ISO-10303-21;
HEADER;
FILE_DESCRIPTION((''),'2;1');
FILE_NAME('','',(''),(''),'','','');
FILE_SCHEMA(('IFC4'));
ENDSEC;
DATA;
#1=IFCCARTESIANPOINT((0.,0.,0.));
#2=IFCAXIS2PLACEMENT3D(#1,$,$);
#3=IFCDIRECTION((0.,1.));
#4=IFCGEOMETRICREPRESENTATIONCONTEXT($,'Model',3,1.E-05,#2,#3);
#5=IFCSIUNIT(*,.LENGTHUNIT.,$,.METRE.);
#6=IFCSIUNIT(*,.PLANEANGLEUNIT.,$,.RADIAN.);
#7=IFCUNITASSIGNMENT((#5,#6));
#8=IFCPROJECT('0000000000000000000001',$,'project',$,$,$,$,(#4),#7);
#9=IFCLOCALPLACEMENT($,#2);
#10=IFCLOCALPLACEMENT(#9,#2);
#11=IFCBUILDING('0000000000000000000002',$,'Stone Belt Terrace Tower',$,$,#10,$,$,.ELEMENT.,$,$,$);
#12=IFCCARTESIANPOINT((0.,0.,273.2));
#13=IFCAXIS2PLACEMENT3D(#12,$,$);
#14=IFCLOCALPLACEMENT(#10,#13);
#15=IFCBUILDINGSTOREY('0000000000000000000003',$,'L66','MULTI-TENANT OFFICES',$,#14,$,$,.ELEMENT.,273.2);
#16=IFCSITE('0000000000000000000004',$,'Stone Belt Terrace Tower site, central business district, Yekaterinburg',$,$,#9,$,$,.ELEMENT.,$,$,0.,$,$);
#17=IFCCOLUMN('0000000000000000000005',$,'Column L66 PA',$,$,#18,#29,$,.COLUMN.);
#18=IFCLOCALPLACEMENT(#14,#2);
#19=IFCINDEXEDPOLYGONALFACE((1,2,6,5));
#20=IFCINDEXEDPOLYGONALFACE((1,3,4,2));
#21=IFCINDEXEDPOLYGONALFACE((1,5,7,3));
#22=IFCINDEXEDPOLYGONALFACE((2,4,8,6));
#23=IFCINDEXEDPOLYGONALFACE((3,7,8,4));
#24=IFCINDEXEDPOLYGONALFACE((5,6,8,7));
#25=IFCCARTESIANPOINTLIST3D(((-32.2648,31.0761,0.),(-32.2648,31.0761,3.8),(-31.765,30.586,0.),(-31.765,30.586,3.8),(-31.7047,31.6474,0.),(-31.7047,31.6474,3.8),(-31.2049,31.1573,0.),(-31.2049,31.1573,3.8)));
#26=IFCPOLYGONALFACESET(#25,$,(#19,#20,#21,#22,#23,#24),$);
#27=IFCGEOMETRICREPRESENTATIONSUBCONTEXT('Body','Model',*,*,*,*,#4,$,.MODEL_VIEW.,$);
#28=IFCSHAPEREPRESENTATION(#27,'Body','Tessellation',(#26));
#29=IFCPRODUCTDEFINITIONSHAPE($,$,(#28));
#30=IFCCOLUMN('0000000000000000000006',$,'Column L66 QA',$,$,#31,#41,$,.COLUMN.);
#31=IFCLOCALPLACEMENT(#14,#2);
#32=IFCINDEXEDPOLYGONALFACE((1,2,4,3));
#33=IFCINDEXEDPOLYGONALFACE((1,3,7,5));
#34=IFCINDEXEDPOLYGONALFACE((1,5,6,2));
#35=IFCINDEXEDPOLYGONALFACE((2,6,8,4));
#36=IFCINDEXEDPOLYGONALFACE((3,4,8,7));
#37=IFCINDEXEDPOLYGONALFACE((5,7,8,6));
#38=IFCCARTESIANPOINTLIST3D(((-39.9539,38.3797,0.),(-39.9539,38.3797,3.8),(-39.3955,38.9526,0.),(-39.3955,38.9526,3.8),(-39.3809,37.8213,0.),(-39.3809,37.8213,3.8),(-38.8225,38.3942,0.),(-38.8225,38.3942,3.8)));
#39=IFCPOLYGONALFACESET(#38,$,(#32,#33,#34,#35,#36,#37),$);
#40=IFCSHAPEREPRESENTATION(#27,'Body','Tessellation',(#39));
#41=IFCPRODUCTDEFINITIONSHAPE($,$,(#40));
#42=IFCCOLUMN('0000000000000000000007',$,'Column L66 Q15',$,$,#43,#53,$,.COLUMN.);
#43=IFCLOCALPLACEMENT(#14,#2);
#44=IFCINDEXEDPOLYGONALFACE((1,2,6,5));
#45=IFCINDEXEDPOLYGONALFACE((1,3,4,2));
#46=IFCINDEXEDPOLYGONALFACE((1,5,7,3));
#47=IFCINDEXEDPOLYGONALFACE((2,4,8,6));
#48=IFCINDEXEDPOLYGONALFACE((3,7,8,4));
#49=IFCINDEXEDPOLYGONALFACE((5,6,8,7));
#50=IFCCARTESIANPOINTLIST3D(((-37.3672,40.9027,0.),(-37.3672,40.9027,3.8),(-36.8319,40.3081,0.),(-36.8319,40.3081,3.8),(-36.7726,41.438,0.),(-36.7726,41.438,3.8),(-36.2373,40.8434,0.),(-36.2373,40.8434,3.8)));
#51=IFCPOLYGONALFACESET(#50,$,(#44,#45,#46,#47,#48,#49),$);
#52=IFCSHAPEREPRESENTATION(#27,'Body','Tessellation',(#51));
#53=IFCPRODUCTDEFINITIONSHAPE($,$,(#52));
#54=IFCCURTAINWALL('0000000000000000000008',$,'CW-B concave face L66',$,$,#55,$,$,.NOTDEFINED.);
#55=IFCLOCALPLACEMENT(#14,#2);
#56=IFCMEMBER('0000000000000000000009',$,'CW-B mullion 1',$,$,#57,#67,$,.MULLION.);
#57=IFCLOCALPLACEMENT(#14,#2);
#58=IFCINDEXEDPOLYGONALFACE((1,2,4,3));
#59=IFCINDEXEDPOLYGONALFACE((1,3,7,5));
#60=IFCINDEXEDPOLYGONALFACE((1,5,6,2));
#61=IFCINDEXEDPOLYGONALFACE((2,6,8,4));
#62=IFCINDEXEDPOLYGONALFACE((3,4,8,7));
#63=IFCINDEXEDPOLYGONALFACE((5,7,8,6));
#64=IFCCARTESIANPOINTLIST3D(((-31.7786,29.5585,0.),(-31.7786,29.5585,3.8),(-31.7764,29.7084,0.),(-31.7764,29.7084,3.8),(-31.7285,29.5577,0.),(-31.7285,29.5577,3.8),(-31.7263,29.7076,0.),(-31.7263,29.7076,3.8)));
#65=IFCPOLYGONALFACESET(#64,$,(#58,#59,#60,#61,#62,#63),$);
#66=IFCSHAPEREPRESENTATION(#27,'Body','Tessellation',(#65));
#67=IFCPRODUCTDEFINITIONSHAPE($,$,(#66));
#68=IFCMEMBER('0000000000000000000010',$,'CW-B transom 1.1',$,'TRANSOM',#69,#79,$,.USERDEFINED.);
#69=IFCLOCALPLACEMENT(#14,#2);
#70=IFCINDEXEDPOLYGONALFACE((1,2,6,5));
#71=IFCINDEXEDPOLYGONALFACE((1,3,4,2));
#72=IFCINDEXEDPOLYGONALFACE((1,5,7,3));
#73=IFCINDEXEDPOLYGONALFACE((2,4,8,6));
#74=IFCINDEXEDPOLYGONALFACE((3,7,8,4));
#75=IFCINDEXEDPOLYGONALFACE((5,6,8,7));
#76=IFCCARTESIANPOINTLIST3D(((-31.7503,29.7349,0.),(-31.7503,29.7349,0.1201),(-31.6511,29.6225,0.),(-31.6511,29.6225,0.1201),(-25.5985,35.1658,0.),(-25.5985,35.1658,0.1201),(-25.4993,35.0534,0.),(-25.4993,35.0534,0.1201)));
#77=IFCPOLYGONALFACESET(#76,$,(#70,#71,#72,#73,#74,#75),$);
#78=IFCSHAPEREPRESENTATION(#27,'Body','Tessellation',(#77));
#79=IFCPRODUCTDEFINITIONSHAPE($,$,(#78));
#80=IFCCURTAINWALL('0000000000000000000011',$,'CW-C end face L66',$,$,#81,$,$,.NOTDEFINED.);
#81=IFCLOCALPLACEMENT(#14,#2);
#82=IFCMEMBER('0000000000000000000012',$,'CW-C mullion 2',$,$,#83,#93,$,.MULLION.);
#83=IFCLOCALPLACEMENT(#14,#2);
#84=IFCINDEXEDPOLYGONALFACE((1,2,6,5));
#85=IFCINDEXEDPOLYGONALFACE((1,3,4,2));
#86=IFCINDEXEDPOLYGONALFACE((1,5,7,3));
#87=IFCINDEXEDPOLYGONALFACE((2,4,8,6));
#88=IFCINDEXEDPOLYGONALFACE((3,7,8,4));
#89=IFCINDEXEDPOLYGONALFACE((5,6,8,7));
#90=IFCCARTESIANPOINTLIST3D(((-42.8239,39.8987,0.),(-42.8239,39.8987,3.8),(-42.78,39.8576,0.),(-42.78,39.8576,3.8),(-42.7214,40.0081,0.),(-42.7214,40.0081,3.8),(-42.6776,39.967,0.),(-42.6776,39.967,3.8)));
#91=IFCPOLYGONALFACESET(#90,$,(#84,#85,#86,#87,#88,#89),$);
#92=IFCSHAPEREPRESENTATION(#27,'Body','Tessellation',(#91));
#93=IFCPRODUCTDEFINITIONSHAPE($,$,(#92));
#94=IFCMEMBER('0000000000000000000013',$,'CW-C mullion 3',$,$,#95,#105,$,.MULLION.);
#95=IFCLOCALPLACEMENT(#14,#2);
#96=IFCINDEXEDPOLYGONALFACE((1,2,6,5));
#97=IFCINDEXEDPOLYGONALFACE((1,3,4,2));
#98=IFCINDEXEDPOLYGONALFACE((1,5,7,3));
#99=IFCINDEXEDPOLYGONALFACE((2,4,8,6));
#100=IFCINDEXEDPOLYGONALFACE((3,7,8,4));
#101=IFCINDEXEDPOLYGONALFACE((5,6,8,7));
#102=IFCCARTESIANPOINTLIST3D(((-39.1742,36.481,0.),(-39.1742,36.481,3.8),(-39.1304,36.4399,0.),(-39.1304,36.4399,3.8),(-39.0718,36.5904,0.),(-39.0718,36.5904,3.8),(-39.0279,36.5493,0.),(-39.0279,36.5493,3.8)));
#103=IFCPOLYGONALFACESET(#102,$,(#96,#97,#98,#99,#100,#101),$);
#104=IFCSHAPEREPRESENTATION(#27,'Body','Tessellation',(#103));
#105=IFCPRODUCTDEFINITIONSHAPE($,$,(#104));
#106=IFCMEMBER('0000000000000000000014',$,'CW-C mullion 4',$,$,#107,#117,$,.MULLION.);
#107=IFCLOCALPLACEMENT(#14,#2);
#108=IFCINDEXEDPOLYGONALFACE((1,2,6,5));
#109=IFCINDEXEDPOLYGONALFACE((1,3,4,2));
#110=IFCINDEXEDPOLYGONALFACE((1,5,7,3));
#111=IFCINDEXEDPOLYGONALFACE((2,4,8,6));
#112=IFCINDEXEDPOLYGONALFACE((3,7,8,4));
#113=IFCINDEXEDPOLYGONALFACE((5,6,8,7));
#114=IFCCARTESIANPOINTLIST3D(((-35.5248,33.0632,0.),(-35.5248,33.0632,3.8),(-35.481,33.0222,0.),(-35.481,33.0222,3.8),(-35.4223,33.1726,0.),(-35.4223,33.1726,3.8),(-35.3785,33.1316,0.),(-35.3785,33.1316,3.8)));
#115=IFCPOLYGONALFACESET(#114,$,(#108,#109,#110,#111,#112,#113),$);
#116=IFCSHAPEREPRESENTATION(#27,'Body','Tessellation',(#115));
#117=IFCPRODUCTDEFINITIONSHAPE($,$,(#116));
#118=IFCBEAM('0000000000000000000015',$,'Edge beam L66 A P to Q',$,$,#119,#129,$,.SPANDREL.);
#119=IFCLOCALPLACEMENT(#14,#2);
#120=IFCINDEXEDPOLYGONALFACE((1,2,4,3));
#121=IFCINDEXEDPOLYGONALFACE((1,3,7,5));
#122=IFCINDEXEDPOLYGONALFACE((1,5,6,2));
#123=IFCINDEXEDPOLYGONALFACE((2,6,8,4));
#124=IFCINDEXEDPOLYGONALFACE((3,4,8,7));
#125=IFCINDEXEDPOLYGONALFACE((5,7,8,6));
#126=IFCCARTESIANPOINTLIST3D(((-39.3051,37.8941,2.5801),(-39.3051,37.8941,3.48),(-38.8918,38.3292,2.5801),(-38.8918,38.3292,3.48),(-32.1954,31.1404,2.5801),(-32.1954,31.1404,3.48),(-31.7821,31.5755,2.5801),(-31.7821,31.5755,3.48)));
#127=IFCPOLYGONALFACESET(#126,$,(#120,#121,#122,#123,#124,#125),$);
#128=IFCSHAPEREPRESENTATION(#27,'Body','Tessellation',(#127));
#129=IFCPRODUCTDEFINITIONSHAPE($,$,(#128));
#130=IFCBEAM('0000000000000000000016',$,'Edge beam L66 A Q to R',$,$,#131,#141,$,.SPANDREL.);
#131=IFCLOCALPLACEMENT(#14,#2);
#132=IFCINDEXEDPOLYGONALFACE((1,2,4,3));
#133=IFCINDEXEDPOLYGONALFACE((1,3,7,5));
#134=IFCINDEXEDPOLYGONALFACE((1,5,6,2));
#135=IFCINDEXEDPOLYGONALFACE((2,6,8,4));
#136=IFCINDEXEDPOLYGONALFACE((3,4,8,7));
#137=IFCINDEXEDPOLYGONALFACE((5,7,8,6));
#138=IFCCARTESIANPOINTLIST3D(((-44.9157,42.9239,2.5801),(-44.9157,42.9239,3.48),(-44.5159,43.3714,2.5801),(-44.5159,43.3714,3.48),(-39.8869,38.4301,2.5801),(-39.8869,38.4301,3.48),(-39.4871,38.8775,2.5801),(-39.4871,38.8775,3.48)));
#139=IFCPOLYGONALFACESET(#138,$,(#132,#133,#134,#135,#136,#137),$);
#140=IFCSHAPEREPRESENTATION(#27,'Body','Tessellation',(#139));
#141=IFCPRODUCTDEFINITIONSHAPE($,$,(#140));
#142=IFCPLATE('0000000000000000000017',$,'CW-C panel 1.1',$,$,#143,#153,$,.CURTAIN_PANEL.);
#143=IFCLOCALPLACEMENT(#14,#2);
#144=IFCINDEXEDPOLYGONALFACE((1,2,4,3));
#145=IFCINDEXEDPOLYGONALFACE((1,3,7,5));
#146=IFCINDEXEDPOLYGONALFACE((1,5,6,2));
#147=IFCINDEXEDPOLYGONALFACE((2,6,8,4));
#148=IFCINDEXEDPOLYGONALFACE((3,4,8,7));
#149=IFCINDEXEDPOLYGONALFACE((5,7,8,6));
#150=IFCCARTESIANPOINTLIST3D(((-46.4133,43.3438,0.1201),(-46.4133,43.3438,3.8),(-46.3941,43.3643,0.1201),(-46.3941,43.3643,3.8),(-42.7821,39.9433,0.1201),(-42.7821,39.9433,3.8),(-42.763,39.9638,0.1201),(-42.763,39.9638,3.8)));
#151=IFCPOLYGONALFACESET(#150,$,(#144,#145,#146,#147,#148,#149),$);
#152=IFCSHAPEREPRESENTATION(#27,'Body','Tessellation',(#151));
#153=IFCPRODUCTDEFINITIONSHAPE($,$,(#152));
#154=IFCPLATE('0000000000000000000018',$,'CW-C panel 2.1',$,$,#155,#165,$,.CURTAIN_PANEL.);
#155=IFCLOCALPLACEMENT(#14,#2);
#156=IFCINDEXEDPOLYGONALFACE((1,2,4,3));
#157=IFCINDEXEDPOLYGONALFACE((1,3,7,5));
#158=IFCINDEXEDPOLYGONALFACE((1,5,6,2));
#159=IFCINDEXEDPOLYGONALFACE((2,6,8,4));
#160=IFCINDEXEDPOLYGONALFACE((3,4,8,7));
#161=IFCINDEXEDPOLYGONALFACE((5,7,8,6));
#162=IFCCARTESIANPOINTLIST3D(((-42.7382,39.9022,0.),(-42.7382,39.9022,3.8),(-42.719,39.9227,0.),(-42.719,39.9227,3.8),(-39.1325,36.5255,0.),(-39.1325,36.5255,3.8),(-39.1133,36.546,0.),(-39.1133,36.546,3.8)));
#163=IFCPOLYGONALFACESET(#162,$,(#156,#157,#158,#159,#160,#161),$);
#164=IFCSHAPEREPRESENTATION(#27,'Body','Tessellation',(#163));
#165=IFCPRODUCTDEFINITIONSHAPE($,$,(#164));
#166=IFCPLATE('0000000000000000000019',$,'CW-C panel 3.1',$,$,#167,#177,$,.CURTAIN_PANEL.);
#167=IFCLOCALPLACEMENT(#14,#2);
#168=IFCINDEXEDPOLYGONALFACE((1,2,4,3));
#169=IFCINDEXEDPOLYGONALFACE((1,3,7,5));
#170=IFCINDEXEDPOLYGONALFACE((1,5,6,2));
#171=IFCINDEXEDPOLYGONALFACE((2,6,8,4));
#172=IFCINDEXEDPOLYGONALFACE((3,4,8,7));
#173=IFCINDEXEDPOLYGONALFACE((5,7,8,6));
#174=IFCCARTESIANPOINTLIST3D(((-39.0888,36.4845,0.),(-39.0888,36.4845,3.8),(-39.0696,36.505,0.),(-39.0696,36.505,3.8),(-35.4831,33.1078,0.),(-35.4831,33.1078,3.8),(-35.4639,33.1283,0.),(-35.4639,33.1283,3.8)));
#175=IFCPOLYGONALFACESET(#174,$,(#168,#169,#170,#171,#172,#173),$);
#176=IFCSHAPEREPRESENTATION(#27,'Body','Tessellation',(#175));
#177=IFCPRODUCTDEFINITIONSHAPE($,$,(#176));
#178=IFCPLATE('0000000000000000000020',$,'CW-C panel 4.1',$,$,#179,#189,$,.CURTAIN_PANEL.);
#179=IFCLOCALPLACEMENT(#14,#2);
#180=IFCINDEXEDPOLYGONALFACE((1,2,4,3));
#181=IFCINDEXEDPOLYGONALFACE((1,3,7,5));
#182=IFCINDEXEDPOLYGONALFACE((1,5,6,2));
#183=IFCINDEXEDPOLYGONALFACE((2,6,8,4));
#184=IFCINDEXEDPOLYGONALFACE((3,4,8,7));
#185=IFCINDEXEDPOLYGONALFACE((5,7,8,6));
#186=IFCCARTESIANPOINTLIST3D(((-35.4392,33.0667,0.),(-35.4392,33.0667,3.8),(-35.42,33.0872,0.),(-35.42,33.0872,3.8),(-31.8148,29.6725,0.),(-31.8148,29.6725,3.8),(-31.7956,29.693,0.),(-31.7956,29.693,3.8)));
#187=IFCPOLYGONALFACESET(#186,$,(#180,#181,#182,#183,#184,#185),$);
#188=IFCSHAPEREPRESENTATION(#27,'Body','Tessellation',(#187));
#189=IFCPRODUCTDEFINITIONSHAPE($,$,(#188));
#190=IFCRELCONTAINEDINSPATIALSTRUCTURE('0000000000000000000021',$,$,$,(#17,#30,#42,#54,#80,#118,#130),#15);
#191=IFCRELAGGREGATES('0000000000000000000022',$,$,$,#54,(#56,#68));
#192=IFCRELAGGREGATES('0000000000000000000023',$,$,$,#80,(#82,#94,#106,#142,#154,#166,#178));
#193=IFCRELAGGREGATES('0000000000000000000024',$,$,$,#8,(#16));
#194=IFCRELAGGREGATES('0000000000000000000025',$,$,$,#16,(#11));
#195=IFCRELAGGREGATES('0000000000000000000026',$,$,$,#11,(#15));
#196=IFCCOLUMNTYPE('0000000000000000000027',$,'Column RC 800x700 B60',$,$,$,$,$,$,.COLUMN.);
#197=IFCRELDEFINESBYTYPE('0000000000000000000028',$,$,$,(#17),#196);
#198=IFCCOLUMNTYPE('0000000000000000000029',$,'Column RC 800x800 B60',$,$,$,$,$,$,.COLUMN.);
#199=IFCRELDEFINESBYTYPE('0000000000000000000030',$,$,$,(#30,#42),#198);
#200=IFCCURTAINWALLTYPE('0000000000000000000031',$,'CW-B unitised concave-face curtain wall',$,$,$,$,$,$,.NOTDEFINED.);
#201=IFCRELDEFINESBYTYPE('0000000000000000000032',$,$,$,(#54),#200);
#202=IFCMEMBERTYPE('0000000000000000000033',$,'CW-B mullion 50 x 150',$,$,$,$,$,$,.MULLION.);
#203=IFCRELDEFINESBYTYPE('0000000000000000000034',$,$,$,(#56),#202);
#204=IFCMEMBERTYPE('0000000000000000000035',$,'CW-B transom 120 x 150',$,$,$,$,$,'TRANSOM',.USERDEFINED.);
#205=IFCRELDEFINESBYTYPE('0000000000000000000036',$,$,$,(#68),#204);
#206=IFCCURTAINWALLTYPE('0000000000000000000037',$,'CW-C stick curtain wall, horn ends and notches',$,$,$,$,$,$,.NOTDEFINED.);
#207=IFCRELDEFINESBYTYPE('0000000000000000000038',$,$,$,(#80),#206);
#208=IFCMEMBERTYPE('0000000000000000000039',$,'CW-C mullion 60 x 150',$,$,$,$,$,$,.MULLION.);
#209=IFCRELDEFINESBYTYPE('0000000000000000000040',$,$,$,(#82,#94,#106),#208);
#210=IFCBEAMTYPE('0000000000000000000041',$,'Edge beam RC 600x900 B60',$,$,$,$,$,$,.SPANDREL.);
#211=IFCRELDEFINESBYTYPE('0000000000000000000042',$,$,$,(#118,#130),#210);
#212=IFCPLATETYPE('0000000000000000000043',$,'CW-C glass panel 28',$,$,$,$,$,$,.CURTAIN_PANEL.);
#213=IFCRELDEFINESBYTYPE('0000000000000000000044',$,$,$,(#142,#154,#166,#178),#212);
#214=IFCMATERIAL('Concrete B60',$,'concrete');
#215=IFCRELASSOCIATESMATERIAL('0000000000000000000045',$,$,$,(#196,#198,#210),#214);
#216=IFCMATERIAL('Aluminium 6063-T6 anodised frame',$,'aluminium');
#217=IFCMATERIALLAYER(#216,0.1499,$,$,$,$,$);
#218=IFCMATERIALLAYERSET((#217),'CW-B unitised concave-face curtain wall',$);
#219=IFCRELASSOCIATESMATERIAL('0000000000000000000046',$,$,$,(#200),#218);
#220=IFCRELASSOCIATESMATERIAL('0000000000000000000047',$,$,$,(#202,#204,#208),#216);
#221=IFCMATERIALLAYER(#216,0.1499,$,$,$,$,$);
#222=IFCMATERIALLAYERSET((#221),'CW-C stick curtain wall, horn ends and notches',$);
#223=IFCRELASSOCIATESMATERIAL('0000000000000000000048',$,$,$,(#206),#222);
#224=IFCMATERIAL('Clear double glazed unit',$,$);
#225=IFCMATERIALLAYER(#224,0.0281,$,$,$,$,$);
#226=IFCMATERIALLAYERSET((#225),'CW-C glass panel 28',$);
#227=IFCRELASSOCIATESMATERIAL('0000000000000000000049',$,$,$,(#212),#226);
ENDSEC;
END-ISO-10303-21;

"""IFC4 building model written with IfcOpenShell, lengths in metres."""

from ifc_helpers import new_model, si_unit, direction, frame, origin, origin_2d, place, context, subcontext, project, spatial, rectangle, extrude, material, layer, layer_set, material_profile, profile_set, type_object, element, aggregate, save


model = new_model("IFC4")

# Units and contexts
model_context = context("Model", 3, precision=1e-05, world=origin(), true_north=direction((0.0, 1.0)))
body_context = subcontext(model_context, "Body", "Model", "MODEL_VIEW")
ifc_project = project(units=[si_unit("LENGTHUNIT", "METRE"), si_unit("PLANEANGLEUNIT", "RADIAN")], contexts=[model_context])

# Site, building, storey
site_placement = place(None, origin())
site = spatial("IfcSite", under=ifc_project, at=site_placement, Name="Stone Belt Terrace Tower site, central business district, Yekaterinburg", CompositionType="ELEMENT", RefElevation=0.0)
building_placement = place(site_placement, origin())
building = spatial("IfcBuilding", under=site, at=building_placement, Name="Stone Belt Terrace Tower", CompositionType="ELEMENT")
storey_placement = place(building_placement, frame((0.0, 0.0, 273.2)))
storey = spatial("IfcBuildingStorey", under=building, at=storey_placement, Name="L66", Description="MULTI-TENANT OFFICES", CompositionType="ELEMENT", Elevation=273.2)

# Columns
ifc_material_1 = material(Name="Concrete B60", Category="concrete")
ifc_material_profile_1 = material_profile(ifc_material_1, rectangle(XDim=0.8, YDim=0.7, at=origin_2d()), Name="RC 800x700")
ifc_profile_set_1 = profile_set([ifc_material_profile_1], Name="Concrete B60")
column_type_1 = type_object("IfcColumnType", Name="Column RC 800x700 B60", PredefinedType="COLUMN", material=ifc_profile_set_1)
column_placement = place(storey_placement, frame((-31.7349, 31.1167, 0.0), z_axis=(0.0, 0.0, 1.0), x_axis=(0.70012, 0.714026, 0.0)))
element("IfcColumn", 1, at=column_placement, inside=storey, type_object=column_type_1, Name="Column L66 PA", PredefinedType="COLUMN", context=body_context, shape_type="SweptSolid", body=[
    extrude(rectangle(XDim=0.8, YDim=0.7, at=origin_2d()), origin(), (0.0, 0.0, 1.0), 3.8),
])
ifc_material_profile_2 = material_profile(ifc_material_1, rectangle(XDim=0.8, YDim=0.8, at=origin_2d()), Name="RC 800x800")
ifc_profile_set_2 = profile_set([ifc_material_profile_2], Name="Concrete B60")
column_type_2 = type_object("IfcColumnType", Name="Column RC 800x800 B60", PredefinedType="COLUMN", material=ifc_profile_set_2)
for number, where, z_axis, x_axis, name in (
    (2, (-39.3882, 38.387, 0.0), (0.0, 0.0, 1.0), (0.697944, 0.716152, 0.0), "Column L66 QA"),
    (3, (-36.8022, 40.873, 0.0), (0.0, 0.0, 1.0), (0.743145, 0.669131, 0.0), "Column L66 Q15"),
):
    element("IfcColumn", number, at=place(storey_placement, frame(where, z_axis=z_axis, x_axis=x_axis)), inside=storey, type_object=column_type_2, Name=name, PredefinedType="COLUMN", context=body_context, shape_type="SweptSolid", body=[
        extrude(rectangle(XDim=0.8, YDim=0.8, at=origin_2d()), origin(), (0.0, 0.0, 1.0), 3.8),
    ])

# Curtain walls, members
ifc_material_2 = material(Name="Aluminium 6063-T6 anodised frame", Category="aluminium")
ifc_layer_1 = layer(ifc_material_2, 0.1499)
ifc_layer_set_1 = layer_set([ifc_layer_1], Name="CW-B unitised concave-face curtain wall")
curtain_wall_type_1 = type_object("IfcCurtainWallType", Name="CW-B unitised concave-face curtain wall", PredefinedType="NOTDEFINED", material=ifc_layer_set_1)
curtain_wall_1_placement = place(storey_placement, origin())
curtain_wall_1 = element("IfcCurtainWall", 4, at=curtain_wall_1_placement, inside=storey, type_object=curtain_wall_type_1, Name="CW-B concave face L66", PredefinedType="NOTDEFINED")
ifc_material_profile_3 = material_profile(ifc_material_2, rectangle(XDim=0.1499, YDim=0.05, at=origin_2d()), Name="Aluminium 6063-T6 50x150")
ifc_profile_set_3 = profile_set([ifc_material_profile_3], Name="Aluminium 6063-T6 anodised frame")
member_type_1 = type_object("IfcMemberType", Name="CW-B mullion 50 x 150", PredefinedType="MULLION", material=ifc_profile_set_3)
member_1_placement = place(storey_placement, frame((-31.7524, 29.6331, 0.0), z_axis=(0.0, 0.0, 1.0), x_axis=(0.014682, 0.999892, 0.0)))
member_1 = element("IfcMember", 5, at=member_1_placement, type_object=member_type_1, Name="CW-B mullion 1", PredefinedType="MULLION", context=body_context, shape_type="SweptSolid", body=[
    extrude(rectangle(XDim=0.1499, YDim=0.05, at=origin_2d()), origin(), (0.0, 0.0, 1.0), 3.8),
])
ifc_material_profile_4 = material_profile(ifc_material_2, rectangle(XDim=0.1499, YDim=0.1201, at=origin_2d()), Name="Aluminium 6063-T6 150x120")
ifc_profile_set_4 = profile_set([ifc_material_profile_4], Name="Aluminium 6063-T6 anodised frame")
member_type_2 = type_object("IfcMemberType", Name="CW-B transom 120 x 150", ElementType="TRANSOM", PredefinedType="USERDEFINED", material=ifc_profile_set_4)
member_2_placement = place(storey_placement, frame((-31.7007, 29.6787, 0.0601), z_axis=(0.749669, 0.661813, 0.0), x_axis=(-0.661813, 0.749669, 0.0)))
member_2 = element("IfcMember", 6, at=member_2_placement, type_object=member_type_2, Name="CW-B transom 1.1", ObjectType="TRANSOM", PredefinedType="USERDEFINED", context=body_context, shape_type="SweptSolid", body=[
    extrude(rectangle(XDim=0.1499, YDim=0.1201, at=origin_2d()), origin(), (0.0, 0.0, 1.0), 8.2061),
])
aggregate(curtain_wall_1, [member_1, member_2])
ifc_layer_2 = layer(ifc_material_2, 0.1499)
ifc_layer_set_2 = layer_set([ifc_layer_2], Name="CW-C stick curtain wall, horn ends and notches")
curtain_wall_type_2 = type_object("IfcCurtainWallType", Name="CW-C stick curtain wall, horn ends and notches", PredefinedType="NOTDEFINED", material=ifc_layer_set_2)
curtain_wall_2_placement = place(storey_placement, origin())
curtain_wall_2 = element("IfcCurtainWall", 7, at=curtain_wall_2_placement, inside=storey, type_object=curtain_wall_type_2, Name="CW-C end face L66", PredefinedType="NOTDEFINED")
ifc_material_profile_5 = material_profile(ifc_material_2, rectangle(XDim=0.1499, YDim=0.0601, at=origin_2d()), Name="Aluminium 6063-T6 60x150")
ifc_profile_set_5 = profile_set([ifc_material_profile_5], Name="Aluminium 6063-T6 anodised frame")
member_type_3 = type_object("IfcMemberType", Name="CW-C mullion 60 x 150", PredefinedType="MULLION", material=ifc_profile_set_5)
member_3_placement = place(storey_placement, frame((-42.7507, 39.9329, 0.0), z_axis=(0.0, 0.0, 1.0), x_axis=(0.683549, 0.729904, 0.0)))
member_3 = element("IfcMember", 8, at=member_3_placement, type_object=member_type_3, Name="CW-C mullion 2", PredefinedType="MULLION", context=body_context, shape_type="SweptSolid", body=[
    extrude(rectangle(XDim=0.1499, YDim=0.0601, at=origin_2d()), origin(), (0.0, 0.0, 1.0), 3.8),
])
member_4_placement = place(storey_placement, frame((-39.1011, 36.5151, 0.0), z_axis=(0.0, 0.0, 1.0), x_axis=(0.683549, 0.729904, 0.0)))
member_4 = element("IfcMember", 9, at=member_4_placement, type_object=member_type_3, Name="CW-C mullion 3", PredefinedType="MULLION", context=body_context, shape_type="SweptSolid", body=[
    extrude(rectangle(XDim=0.1499, YDim=0.0601, at=origin_2d()), origin(), (0.0, 0.0, 1.0), 3.8),
])
member_5_placement = place(storey_placement, frame((-35.4517, 33.0974, 0.0), z_axis=(0.0, 0.0, 1.0), x_axis=(0.683549, 0.729904, 0.0)))
member_5 = element("IfcMember", 10, at=member_5_placement, type_object=member_type_3, Name="CW-C mullion 4", PredefinedType="MULLION", context=body_context, shape_type="SweptSolid", body=[
    extrude(rectangle(XDim=0.1499, YDim=0.0601, at=origin_2d()), origin(), (0.0, 0.0, 1.0), 3.8),
])

# Beams
ifc_material_profile_6 = material_profile(ifc_material_1, rectangle(XDim=0.6001, YDim=0.8999, at=origin_2d()), Name="RC 600x900")
ifc_profile_set_6 = profile_set([ifc_material_profile_6], Name="Concrete B60")
beam_type = type_object("IfcBeamType", Name="Edge beam RC 600x900 B60", PredefinedType="SPANDREL", material=ifc_profile_set_6)
beam_1_placement = place(storey_placement, frame((-31.9888, 31.3579, 3.03), z_axis=(-0.725024, 0.688724, 0.0), x_axis=(-0.688724, -0.725024, 0.0)))
element("IfcBeam", 11, at=beam_1_placement, inside=storey, type_object=beam_type, Name="Edge beam L66 A P to Q", PredefinedType="SPANDREL", context=body_context, shape_type="SweptSolid", body=[
    extrude(rectangle(XDim=0.6001, YDim=0.8999, at=origin_2d()), origin(), (0.0, 0.0, 1.0), 9.8062),
])
beam_2_placement = place(storey_placement, frame((-39.687, 38.6538, 3.03), z_axis=(-0.745651, 0.666337, 0.0), x_axis=(-0.666337, -0.745651, 0.0)))
element("IfcBeam", 12, at=beam_2_placement, inside=storey, type_object=beam_type, Name="Edge beam L66 A Q to R", PredefinedType="SPANDREL", context=body_context, shape_type="SweptSolid", body=[
    extrude(rectangle(XDim=0.6001, YDim=0.8999, at=origin_2d()), origin(), (0.0, 0.0, 1.0), 6.7441),
])

# Plates
ifc_material_3 = material(Name="Clear double glazed unit")
ifc_layer_3 = layer(ifc_material_3, 0.0281)
ifc_layer_set_3 = layer_set([ifc_layer_3], Name="CW-C glass panel 28")
plate_type = type_object("IfcPlateType", Name="CW-C glass panel 28", PredefinedType="CURTAIN_PANEL", material=ifc_layer_set_3)
plate_1_placement = place(storey_placement, frame((-44.5881, 41.6538, 0.1201), z_axis=(0.0, 0.0, 1.0), x_axis=(0.729904, -0.683549, 0.0)))
plate_1 = element("IfcPlate", 13, at=plate_1_placement, type_object=plate_type, Name="CW-C panel 1.1", PredefinedType="CURTAIN_PANEL", context=body_context, shape_type="SweptSolid", body=[
    extrude(rectangle(XDim=4.9749, YDim=0.0281, at=origin_2d()), origin(), (0.0, 0.0, 1.0), 3.6799),
])
plate_2_placement = place(storey_placement, frame((-40.9258, 38.2241, 0.0), z_axis=(0.0, 0.0, 1.0), x_axis=(0.729904, -0.683549, 0.0)))
plate_2 = element("IfcPlate", 14, at=plate_2_placement, type_object=plate_type, Name="CW-C panel 2.1", PredefinedType="CURTAIN_PANEL", context=body_context, shape_type="SweptSolid", body=[
    extrude(rectangle(XDim=4.9399, YDim=0.0281, at=origin_2d()), origin(), (0.0, 0.0, 1.0), 3.8),
])
plate_3_placement = place(storey_placement, frame((-37.2764, 34.8064, 0.0), z_axis=(0.0, 0.0, 1.0), x_axis=(0.729904, -0.683549, 0.0)))
plate_3 = element("IfcPlate", 15, at=plate_3_placement, type_object=plate_type, Name="CW-C panel 3.1", PredefinedType="CURTAIN_PANEL", context=body_context, shape_type="SweptSolid", body=[
    extrude(rectangle(XDim=4.9399, YDim=0.0281, at=origin_2d()), origin(), (0.0, 0.0, 1.0), 3.8),
])
plate_4_placement = place(storey_placement, frame((-33.6174, 31.3799, 0.0), z_axis=(0.0, 0.0, 1.0), x_axis=(0.729904, -0.683549, 0.0)))
plate_4 = element("IfcPlate", 16, at=plate_4_placement, type_object=plate_type, Name="CW-C panel 4.1", PredefinedType="CURTAIN_PANEL", context=body_context, shape_type="SweptSolid", body=[
    extrude(rectangle(XDim=4.9656, YDim=0.0281, at=origin_2d()), origin(), (0.0, 0.0, 1.0), 3.8),
])
aggregate(curtain_wall_2, [member_3, member_4, member_5, plate_1, plate_2, plate_3, plate_4])

save(model, "model.ifc")
